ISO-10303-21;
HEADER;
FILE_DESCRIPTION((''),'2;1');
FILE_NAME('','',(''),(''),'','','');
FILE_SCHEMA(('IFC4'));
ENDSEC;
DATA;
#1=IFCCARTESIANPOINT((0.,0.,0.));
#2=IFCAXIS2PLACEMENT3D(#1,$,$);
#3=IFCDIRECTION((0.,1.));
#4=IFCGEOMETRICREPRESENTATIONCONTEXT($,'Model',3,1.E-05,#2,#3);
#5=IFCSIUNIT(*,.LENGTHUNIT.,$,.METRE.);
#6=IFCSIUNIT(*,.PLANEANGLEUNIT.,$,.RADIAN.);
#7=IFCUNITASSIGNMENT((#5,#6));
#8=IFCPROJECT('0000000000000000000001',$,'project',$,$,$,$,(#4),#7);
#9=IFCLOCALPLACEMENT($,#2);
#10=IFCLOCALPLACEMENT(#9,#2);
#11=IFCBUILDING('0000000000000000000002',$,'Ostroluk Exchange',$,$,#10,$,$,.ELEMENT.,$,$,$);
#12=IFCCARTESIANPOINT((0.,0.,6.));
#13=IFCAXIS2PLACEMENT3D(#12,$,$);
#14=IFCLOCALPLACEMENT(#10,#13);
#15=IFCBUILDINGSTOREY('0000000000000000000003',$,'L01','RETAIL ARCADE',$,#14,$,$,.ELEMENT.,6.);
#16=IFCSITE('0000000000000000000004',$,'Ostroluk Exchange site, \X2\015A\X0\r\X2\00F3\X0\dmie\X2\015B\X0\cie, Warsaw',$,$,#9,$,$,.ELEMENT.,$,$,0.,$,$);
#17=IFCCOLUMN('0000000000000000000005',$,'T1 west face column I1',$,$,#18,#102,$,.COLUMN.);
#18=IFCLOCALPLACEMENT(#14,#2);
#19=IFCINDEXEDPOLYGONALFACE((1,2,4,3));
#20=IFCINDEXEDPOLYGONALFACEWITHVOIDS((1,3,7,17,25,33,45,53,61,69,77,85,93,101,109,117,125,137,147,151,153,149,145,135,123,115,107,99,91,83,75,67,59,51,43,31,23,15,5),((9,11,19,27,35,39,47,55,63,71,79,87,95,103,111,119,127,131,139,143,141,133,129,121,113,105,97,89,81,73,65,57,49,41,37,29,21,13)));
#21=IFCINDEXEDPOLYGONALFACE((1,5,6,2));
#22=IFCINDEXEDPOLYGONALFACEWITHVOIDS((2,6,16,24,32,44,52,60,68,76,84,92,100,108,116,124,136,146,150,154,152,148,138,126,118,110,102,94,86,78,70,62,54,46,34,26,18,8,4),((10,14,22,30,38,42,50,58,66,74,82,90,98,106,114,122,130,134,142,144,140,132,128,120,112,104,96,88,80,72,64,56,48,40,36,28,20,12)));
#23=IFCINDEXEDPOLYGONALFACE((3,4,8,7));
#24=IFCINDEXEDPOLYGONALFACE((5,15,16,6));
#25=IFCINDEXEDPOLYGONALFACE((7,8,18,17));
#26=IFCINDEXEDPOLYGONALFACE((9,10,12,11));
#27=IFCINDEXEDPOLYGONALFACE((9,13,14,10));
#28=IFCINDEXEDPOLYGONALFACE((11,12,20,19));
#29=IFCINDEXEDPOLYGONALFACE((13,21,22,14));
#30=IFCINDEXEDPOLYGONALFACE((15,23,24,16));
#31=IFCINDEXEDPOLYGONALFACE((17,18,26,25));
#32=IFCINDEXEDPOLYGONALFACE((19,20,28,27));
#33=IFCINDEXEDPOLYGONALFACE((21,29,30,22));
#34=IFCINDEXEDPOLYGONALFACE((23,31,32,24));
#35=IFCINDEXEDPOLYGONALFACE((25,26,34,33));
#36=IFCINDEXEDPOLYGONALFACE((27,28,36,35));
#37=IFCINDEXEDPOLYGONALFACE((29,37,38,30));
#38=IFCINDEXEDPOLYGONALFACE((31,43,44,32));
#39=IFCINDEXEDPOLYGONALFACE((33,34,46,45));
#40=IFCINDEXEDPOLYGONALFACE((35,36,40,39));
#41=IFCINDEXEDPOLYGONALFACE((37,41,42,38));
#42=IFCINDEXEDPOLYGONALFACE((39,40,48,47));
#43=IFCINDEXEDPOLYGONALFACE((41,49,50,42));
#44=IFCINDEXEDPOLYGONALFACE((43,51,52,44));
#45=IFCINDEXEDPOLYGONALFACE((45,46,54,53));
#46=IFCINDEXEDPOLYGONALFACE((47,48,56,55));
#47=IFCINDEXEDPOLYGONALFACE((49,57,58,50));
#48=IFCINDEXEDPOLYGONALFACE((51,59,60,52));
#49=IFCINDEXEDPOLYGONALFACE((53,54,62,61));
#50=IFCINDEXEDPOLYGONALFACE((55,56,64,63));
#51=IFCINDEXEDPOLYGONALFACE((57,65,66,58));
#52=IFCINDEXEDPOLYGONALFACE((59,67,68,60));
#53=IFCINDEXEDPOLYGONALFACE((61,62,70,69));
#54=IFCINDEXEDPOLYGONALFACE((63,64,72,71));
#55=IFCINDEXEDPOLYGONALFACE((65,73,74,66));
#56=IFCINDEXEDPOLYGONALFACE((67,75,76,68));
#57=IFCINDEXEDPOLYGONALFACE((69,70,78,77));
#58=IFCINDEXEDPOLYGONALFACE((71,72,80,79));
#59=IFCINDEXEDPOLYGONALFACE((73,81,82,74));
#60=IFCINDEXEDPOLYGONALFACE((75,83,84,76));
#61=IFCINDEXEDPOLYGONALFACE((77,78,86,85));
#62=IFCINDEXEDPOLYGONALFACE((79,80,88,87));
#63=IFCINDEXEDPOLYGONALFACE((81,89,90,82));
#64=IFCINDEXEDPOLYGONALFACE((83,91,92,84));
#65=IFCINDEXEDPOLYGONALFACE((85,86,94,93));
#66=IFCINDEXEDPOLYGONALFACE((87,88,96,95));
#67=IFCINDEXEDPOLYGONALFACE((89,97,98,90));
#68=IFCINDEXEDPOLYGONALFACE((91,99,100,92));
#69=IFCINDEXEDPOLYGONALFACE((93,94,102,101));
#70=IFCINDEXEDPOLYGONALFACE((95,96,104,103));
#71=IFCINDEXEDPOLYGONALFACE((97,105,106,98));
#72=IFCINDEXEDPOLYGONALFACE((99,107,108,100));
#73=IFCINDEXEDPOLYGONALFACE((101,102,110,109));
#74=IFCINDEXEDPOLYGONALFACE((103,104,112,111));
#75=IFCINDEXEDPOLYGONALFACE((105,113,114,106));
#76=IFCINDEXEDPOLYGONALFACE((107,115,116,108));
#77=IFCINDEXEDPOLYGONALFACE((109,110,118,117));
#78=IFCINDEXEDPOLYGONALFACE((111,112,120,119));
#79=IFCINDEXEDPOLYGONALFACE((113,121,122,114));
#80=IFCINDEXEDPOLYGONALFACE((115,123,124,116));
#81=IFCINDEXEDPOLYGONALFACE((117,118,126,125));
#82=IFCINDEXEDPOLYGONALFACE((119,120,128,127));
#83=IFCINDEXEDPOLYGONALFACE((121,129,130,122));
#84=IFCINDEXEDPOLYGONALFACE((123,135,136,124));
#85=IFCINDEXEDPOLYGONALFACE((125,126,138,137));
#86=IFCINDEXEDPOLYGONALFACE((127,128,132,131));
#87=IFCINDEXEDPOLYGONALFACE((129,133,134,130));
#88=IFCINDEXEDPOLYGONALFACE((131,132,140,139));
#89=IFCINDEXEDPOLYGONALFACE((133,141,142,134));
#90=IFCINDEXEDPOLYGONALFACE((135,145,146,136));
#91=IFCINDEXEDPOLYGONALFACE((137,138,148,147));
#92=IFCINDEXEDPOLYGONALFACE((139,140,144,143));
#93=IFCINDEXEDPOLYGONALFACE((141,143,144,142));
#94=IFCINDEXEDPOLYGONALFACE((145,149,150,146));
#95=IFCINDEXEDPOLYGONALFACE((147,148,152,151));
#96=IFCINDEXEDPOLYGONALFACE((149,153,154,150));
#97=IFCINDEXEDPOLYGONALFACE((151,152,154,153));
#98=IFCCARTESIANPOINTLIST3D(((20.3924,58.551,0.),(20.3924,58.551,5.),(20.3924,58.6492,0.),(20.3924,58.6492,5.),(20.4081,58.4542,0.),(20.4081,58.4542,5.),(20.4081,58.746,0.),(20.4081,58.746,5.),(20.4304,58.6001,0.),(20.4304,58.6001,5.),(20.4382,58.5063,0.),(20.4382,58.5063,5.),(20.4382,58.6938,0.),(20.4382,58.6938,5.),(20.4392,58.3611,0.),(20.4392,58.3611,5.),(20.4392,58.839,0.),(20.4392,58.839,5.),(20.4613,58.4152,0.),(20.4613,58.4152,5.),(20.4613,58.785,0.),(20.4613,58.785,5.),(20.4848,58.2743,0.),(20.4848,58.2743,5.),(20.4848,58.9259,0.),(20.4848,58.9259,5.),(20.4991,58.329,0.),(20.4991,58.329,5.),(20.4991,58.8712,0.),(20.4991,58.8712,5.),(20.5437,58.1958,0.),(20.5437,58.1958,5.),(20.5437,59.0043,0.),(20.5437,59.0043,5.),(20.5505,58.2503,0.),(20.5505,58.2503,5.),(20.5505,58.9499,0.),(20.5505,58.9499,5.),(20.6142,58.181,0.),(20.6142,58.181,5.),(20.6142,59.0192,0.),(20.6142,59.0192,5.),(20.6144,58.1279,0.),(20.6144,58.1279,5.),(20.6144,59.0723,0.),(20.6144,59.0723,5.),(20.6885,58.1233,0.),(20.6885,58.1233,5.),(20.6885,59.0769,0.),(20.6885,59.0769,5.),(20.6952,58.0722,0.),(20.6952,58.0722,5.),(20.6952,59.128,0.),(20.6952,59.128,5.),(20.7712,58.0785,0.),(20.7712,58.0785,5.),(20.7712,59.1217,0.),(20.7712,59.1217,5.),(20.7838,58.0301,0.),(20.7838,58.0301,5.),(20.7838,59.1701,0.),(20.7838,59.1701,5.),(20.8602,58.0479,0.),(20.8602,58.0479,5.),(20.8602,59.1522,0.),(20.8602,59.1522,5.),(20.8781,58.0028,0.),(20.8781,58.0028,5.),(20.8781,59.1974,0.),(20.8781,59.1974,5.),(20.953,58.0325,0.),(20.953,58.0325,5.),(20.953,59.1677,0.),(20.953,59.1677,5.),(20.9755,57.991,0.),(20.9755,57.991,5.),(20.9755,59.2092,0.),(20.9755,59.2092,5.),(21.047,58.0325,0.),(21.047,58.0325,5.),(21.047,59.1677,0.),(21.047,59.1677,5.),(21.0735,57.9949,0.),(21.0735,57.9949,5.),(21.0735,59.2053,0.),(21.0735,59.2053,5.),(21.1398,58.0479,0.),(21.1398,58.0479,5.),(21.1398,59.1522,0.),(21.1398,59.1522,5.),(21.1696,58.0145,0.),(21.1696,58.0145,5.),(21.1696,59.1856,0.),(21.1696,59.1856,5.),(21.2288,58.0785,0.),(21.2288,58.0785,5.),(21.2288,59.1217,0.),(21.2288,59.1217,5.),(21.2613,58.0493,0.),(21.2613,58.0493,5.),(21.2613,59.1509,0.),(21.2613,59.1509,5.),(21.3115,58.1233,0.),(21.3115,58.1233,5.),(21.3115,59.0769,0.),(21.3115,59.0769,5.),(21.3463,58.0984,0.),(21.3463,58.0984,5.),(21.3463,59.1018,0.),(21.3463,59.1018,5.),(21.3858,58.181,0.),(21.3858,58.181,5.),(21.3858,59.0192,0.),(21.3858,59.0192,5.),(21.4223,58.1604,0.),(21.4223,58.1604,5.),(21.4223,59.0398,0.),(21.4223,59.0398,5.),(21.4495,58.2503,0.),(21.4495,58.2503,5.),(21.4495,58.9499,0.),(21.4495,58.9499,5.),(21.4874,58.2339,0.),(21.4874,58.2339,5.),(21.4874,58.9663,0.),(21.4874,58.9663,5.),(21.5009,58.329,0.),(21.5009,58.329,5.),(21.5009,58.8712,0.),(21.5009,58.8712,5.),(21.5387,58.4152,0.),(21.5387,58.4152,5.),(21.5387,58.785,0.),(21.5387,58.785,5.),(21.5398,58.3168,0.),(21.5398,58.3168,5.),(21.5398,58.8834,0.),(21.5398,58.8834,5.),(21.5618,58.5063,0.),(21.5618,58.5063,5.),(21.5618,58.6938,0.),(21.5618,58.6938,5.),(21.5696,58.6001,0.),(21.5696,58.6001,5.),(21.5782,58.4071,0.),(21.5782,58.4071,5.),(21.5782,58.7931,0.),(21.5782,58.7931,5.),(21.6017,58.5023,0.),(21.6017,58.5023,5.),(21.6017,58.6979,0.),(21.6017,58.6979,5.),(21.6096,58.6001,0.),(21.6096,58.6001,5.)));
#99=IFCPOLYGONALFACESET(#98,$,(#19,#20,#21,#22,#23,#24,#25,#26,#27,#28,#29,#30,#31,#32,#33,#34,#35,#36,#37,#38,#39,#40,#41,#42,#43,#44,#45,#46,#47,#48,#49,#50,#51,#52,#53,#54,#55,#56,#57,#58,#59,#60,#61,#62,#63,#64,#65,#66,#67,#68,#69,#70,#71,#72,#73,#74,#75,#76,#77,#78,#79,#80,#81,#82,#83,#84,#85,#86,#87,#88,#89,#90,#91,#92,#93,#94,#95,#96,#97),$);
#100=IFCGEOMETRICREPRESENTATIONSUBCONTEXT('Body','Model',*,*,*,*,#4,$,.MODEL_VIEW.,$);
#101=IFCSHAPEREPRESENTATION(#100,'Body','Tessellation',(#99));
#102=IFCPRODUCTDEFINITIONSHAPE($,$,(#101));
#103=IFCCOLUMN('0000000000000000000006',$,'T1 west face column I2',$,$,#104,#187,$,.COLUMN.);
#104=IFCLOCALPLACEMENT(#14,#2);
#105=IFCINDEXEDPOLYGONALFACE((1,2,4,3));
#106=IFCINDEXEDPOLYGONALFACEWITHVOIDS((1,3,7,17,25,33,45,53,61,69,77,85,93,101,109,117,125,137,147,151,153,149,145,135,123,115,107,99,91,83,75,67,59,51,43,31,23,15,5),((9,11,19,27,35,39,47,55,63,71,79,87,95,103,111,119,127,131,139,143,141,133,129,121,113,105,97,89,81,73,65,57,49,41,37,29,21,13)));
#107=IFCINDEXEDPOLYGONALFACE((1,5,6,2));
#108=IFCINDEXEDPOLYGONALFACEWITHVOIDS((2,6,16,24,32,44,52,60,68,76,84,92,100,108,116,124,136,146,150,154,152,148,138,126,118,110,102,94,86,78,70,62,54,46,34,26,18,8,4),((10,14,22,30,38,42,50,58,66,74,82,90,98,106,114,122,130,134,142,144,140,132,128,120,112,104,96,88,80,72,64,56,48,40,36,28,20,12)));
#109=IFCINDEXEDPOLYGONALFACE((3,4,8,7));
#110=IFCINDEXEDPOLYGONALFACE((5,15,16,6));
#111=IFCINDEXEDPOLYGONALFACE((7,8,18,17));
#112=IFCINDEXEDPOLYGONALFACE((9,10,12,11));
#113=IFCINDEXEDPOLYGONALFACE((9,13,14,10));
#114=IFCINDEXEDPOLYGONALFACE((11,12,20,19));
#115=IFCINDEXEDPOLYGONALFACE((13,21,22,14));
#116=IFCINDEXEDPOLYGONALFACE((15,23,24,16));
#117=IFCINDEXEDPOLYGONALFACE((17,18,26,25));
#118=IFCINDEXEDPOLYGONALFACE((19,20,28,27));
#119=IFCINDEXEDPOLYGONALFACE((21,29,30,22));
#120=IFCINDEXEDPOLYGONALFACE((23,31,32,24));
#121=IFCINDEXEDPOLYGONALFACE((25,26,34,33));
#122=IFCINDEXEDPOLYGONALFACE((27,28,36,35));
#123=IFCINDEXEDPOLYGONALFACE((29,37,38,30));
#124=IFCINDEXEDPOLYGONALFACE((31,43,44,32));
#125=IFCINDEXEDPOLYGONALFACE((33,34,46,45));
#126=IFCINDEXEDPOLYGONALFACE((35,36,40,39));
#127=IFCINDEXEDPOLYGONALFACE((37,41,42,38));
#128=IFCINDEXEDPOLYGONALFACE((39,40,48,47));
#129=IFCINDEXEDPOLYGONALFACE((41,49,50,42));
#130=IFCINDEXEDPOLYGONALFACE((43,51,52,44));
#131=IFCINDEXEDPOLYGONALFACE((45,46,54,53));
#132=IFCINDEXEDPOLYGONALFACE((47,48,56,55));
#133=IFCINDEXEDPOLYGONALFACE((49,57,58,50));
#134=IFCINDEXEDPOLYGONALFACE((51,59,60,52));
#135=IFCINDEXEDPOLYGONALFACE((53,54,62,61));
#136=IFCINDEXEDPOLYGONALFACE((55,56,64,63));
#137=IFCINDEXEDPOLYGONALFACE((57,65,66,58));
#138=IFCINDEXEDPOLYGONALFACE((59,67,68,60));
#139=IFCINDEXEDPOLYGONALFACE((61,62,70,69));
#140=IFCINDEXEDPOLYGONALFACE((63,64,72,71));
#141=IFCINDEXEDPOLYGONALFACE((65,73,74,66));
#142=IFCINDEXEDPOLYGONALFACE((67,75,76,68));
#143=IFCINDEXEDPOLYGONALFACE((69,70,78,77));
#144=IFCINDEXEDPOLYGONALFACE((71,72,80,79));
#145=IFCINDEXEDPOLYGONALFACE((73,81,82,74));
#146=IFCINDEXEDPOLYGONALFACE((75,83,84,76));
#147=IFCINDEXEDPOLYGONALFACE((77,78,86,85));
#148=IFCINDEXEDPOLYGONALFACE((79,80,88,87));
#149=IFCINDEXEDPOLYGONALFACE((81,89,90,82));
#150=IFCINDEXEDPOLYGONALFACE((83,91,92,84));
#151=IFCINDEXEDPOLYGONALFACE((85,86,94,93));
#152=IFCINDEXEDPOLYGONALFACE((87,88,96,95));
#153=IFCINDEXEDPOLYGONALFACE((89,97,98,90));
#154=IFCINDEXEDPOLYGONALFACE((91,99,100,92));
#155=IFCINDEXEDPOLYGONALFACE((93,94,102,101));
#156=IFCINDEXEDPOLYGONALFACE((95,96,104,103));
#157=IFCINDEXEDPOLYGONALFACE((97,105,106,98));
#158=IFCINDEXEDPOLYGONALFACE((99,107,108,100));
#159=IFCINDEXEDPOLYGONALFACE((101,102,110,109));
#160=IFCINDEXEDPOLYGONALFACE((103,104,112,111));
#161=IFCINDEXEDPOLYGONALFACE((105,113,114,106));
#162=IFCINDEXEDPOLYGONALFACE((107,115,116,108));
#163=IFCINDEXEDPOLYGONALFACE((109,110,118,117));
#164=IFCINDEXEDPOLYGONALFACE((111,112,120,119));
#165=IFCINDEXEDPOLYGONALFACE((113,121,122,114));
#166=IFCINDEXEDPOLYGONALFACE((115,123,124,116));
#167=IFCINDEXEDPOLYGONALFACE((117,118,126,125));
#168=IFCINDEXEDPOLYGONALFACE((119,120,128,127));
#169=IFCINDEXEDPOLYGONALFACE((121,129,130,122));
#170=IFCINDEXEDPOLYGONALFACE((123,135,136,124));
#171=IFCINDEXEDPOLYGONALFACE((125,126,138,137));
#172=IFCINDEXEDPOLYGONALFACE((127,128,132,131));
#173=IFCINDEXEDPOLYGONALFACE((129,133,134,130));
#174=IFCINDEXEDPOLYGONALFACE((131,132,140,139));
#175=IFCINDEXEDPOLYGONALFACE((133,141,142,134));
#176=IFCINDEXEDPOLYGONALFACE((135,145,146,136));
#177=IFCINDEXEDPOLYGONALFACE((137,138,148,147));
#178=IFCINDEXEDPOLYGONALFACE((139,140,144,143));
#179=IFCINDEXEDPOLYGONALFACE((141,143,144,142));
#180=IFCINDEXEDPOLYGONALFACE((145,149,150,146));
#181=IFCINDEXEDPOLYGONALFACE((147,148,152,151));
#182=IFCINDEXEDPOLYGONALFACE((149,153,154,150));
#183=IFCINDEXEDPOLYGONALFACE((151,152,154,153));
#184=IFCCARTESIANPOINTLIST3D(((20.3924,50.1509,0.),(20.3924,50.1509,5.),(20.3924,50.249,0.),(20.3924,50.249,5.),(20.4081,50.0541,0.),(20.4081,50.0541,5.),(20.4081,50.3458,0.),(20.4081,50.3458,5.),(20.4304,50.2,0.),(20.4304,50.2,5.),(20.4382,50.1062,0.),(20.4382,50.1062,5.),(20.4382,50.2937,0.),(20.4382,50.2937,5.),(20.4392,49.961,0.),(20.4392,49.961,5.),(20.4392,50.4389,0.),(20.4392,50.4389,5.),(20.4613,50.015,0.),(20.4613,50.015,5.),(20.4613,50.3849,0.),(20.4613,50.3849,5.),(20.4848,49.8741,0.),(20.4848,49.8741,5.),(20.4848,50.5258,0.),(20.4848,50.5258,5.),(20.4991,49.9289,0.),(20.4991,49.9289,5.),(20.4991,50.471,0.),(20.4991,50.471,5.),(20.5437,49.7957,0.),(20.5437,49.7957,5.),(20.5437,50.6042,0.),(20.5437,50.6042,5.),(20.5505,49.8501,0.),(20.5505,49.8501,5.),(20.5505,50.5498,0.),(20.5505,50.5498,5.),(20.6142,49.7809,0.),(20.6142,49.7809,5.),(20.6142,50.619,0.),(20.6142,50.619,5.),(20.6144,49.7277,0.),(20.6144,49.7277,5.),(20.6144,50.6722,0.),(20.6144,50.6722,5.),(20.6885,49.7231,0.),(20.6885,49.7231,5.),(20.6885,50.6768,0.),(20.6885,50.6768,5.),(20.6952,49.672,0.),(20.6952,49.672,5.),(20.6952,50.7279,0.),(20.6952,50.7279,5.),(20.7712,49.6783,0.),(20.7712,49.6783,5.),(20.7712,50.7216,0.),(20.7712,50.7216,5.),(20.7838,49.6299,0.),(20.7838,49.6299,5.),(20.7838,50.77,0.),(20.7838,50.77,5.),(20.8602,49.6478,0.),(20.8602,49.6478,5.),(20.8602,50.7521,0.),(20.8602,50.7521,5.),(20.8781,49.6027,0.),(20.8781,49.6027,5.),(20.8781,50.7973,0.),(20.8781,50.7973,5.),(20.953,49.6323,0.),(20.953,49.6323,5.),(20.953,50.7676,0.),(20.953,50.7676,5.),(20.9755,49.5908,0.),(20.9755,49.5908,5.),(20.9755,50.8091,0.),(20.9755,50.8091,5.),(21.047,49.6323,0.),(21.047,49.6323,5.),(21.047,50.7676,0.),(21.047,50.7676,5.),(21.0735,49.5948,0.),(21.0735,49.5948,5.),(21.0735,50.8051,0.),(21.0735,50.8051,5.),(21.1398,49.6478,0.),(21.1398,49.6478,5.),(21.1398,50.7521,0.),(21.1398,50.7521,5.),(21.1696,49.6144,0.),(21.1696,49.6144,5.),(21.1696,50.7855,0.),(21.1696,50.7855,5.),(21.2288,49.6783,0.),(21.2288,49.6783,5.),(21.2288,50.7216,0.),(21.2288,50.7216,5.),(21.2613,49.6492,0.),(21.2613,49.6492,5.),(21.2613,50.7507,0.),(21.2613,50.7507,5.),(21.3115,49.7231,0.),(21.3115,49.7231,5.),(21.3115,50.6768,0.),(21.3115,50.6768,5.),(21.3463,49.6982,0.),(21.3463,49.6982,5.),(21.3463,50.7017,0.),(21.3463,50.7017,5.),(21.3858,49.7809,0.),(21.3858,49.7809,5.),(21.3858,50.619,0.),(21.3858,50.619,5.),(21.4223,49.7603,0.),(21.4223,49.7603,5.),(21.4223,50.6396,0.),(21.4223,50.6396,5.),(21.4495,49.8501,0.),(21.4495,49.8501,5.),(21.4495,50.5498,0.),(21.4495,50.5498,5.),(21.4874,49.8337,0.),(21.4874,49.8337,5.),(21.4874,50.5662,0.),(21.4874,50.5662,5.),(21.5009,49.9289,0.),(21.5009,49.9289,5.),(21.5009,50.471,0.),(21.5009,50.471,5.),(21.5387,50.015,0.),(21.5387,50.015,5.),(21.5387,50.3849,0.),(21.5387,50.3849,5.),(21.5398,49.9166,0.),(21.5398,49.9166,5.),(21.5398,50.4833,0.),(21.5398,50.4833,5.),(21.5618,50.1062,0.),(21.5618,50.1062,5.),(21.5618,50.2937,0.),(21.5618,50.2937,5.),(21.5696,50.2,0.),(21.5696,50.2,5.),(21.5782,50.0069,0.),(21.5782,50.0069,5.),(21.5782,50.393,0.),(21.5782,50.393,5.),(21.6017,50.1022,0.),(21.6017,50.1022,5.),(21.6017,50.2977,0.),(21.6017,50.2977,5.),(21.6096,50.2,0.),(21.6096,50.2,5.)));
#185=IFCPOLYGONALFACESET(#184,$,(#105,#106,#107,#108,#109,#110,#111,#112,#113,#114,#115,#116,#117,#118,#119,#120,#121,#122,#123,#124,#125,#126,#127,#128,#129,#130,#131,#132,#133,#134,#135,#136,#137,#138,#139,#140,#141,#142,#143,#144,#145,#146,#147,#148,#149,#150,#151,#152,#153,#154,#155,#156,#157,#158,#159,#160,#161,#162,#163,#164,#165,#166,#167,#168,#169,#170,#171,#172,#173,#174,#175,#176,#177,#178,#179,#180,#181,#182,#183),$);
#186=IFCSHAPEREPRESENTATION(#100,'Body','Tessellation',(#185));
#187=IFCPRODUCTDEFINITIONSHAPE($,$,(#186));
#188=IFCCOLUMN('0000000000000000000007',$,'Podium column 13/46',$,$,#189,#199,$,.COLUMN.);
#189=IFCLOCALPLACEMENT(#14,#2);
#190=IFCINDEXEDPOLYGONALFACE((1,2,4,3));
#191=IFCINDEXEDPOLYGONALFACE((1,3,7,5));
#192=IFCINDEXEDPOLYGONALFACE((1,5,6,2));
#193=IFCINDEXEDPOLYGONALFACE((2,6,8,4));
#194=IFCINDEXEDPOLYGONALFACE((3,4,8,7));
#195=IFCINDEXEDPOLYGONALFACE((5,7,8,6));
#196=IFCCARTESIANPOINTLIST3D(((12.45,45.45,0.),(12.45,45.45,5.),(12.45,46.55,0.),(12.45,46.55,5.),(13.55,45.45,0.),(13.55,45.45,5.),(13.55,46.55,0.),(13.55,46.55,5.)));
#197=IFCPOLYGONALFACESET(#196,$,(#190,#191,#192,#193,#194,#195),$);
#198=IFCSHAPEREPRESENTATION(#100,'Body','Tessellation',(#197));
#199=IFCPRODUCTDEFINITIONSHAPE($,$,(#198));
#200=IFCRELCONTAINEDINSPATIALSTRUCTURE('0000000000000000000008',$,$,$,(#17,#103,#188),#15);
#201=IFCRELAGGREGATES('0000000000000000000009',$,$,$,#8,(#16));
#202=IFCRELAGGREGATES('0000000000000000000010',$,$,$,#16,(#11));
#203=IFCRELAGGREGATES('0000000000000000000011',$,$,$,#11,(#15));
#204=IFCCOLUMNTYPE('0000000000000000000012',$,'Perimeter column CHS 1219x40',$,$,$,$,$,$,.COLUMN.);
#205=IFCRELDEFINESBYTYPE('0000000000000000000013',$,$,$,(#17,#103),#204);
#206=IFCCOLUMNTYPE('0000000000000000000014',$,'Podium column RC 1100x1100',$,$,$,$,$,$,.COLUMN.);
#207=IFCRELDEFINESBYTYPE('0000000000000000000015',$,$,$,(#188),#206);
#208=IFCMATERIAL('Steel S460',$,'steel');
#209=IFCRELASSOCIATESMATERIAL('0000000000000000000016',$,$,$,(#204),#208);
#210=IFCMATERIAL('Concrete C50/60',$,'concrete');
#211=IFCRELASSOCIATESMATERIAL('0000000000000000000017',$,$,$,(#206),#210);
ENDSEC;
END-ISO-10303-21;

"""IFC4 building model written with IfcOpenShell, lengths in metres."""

from ifc_helpers import new_model, si_unit, direction, frame, origin, origin_2d, place, context, subcontext, project, spatial, rectangle, hollow_circle, extrude, material, material_profile, profile_set, type_object, element, save


model = new_model("IFC4")

# Units and contexts
model_context = context("Model", 3, precision=1e-05, world=origin(), true_north=direction((0.0, 1.0)))
body_context = subcontext(model_context, "Body", "Model", "MODEL_VIEW")
ifc_project = project(units=[si_unit("LENGTHUNIT", "METRE"), si_unit("PLANEANGLEUNIT", "RADIAN")], contexts=[model_context])

# Site, building, storey
site_placement = place(None, origin())
site = spatial("IfcSite", under=ifc_project, at=site_placement, Name="Ostroluk Exchange site, Śródmieście, Warsaw", CompositionType="ELEMENT", RefElevation=0.0)
building_placement = place(site_placement, origin())
building = spatial("IfcBuilding", under=site, at=building_placement, Name="Ostroluk Exchange", CompositionType="ELEMENT")
storey_placement = place(building_placement, frame((0.0, 0.0, 6.0)))
storey = spatial("IfcBuildingStorey", under=building, at=storey_placement, Name="L01", Description="RETAIL ARCADE", CompositionType="ELEMENT", Elevation=6.0)

# Columns
ifc_material_1 = material(Name="Steel S460", Category="steel")
ifc_material_profile_1 = material_profile(ifc_material_1, hollow_circle(Radius=0.6096, WallThickness=0.04, at=origin_2d()), Name="CHS 1219x40")
ifc_profile_set_1 = profile_set([ifc_material_profile_1], Name="Steel S460")
column_type_1 = type_object("IfcColumnType", Name="Perimeter column CHS 1219x40", PredefinedType="COLUMN", material=ifc_profile_set_1)
for number, where, z_axis, x_axis, name in (
    (1, (21.0, 58.6001, 0.0), (0.0, 0.0, 1.0), (1.0, 0.0, 0.0), "T1 west face column I1"),
    (2, (21.0, 50.2, 0.0), (0.0, 0.0, 1.0), (1.0, 0.0, 0.0), "T1 west face column I2"),
):
    element("IfcColumn", number, at=place(storey_placement, frame(where, z_axis=z_axis, x_axis=x_axis)), inside=storey, type_object=column_type_1, Name=name, PredefinedType="COLUMN", context=body_context, shape_type="SweptSolid", body=[
        extrude(hollow_circle(Radius=0.6096, WallThickness=0.04, at=origin_2d()), origin(), (0.0, 0.0, 1.0), 5.0),
    ])
ifc_material_2 = material(Name="Concrete C50/60", Category="concrete")
ifc_material_profile_2 = material_profile(ifc_material_2, rectangle(XDim=1.1001, YDim=1.1001, at=origin_2d()), Name="RC 1100x1100")
ifc_profile_set_2 = profile_set([ifc_material_profile_2], Name="Concrete C50/60")
column_type_2 = type_object("IfcColumnType", Name="Podium column RC 1100x1100", PredefinedType="COLUMN", material=ifc_profile_set_2)
for number, where, z_axis, x_axis, name in (
    (3, (13.0, 46.0, 0.0), (0.0, 0.0, 1.0), (1.0, 0.0, 0.0), "Podium column 13/46"),
):
    element("IfcColumn", number, at=place(storey_placement, frame(where, z_axis=z_axis, x_axis=x_axis)), inside=storey, type_object=column_type_2, Name=name, PredefinedType="COLUMN", context=body_context, shape_type="SweptSolid", body=[
        extrude(rectangle(XDim=1.1001, YDim=1.1001, at=origin_2d()), origin(), (0.0, 0.0, 1.0), 5.0),
    ])

save(model, "model.ifc")
